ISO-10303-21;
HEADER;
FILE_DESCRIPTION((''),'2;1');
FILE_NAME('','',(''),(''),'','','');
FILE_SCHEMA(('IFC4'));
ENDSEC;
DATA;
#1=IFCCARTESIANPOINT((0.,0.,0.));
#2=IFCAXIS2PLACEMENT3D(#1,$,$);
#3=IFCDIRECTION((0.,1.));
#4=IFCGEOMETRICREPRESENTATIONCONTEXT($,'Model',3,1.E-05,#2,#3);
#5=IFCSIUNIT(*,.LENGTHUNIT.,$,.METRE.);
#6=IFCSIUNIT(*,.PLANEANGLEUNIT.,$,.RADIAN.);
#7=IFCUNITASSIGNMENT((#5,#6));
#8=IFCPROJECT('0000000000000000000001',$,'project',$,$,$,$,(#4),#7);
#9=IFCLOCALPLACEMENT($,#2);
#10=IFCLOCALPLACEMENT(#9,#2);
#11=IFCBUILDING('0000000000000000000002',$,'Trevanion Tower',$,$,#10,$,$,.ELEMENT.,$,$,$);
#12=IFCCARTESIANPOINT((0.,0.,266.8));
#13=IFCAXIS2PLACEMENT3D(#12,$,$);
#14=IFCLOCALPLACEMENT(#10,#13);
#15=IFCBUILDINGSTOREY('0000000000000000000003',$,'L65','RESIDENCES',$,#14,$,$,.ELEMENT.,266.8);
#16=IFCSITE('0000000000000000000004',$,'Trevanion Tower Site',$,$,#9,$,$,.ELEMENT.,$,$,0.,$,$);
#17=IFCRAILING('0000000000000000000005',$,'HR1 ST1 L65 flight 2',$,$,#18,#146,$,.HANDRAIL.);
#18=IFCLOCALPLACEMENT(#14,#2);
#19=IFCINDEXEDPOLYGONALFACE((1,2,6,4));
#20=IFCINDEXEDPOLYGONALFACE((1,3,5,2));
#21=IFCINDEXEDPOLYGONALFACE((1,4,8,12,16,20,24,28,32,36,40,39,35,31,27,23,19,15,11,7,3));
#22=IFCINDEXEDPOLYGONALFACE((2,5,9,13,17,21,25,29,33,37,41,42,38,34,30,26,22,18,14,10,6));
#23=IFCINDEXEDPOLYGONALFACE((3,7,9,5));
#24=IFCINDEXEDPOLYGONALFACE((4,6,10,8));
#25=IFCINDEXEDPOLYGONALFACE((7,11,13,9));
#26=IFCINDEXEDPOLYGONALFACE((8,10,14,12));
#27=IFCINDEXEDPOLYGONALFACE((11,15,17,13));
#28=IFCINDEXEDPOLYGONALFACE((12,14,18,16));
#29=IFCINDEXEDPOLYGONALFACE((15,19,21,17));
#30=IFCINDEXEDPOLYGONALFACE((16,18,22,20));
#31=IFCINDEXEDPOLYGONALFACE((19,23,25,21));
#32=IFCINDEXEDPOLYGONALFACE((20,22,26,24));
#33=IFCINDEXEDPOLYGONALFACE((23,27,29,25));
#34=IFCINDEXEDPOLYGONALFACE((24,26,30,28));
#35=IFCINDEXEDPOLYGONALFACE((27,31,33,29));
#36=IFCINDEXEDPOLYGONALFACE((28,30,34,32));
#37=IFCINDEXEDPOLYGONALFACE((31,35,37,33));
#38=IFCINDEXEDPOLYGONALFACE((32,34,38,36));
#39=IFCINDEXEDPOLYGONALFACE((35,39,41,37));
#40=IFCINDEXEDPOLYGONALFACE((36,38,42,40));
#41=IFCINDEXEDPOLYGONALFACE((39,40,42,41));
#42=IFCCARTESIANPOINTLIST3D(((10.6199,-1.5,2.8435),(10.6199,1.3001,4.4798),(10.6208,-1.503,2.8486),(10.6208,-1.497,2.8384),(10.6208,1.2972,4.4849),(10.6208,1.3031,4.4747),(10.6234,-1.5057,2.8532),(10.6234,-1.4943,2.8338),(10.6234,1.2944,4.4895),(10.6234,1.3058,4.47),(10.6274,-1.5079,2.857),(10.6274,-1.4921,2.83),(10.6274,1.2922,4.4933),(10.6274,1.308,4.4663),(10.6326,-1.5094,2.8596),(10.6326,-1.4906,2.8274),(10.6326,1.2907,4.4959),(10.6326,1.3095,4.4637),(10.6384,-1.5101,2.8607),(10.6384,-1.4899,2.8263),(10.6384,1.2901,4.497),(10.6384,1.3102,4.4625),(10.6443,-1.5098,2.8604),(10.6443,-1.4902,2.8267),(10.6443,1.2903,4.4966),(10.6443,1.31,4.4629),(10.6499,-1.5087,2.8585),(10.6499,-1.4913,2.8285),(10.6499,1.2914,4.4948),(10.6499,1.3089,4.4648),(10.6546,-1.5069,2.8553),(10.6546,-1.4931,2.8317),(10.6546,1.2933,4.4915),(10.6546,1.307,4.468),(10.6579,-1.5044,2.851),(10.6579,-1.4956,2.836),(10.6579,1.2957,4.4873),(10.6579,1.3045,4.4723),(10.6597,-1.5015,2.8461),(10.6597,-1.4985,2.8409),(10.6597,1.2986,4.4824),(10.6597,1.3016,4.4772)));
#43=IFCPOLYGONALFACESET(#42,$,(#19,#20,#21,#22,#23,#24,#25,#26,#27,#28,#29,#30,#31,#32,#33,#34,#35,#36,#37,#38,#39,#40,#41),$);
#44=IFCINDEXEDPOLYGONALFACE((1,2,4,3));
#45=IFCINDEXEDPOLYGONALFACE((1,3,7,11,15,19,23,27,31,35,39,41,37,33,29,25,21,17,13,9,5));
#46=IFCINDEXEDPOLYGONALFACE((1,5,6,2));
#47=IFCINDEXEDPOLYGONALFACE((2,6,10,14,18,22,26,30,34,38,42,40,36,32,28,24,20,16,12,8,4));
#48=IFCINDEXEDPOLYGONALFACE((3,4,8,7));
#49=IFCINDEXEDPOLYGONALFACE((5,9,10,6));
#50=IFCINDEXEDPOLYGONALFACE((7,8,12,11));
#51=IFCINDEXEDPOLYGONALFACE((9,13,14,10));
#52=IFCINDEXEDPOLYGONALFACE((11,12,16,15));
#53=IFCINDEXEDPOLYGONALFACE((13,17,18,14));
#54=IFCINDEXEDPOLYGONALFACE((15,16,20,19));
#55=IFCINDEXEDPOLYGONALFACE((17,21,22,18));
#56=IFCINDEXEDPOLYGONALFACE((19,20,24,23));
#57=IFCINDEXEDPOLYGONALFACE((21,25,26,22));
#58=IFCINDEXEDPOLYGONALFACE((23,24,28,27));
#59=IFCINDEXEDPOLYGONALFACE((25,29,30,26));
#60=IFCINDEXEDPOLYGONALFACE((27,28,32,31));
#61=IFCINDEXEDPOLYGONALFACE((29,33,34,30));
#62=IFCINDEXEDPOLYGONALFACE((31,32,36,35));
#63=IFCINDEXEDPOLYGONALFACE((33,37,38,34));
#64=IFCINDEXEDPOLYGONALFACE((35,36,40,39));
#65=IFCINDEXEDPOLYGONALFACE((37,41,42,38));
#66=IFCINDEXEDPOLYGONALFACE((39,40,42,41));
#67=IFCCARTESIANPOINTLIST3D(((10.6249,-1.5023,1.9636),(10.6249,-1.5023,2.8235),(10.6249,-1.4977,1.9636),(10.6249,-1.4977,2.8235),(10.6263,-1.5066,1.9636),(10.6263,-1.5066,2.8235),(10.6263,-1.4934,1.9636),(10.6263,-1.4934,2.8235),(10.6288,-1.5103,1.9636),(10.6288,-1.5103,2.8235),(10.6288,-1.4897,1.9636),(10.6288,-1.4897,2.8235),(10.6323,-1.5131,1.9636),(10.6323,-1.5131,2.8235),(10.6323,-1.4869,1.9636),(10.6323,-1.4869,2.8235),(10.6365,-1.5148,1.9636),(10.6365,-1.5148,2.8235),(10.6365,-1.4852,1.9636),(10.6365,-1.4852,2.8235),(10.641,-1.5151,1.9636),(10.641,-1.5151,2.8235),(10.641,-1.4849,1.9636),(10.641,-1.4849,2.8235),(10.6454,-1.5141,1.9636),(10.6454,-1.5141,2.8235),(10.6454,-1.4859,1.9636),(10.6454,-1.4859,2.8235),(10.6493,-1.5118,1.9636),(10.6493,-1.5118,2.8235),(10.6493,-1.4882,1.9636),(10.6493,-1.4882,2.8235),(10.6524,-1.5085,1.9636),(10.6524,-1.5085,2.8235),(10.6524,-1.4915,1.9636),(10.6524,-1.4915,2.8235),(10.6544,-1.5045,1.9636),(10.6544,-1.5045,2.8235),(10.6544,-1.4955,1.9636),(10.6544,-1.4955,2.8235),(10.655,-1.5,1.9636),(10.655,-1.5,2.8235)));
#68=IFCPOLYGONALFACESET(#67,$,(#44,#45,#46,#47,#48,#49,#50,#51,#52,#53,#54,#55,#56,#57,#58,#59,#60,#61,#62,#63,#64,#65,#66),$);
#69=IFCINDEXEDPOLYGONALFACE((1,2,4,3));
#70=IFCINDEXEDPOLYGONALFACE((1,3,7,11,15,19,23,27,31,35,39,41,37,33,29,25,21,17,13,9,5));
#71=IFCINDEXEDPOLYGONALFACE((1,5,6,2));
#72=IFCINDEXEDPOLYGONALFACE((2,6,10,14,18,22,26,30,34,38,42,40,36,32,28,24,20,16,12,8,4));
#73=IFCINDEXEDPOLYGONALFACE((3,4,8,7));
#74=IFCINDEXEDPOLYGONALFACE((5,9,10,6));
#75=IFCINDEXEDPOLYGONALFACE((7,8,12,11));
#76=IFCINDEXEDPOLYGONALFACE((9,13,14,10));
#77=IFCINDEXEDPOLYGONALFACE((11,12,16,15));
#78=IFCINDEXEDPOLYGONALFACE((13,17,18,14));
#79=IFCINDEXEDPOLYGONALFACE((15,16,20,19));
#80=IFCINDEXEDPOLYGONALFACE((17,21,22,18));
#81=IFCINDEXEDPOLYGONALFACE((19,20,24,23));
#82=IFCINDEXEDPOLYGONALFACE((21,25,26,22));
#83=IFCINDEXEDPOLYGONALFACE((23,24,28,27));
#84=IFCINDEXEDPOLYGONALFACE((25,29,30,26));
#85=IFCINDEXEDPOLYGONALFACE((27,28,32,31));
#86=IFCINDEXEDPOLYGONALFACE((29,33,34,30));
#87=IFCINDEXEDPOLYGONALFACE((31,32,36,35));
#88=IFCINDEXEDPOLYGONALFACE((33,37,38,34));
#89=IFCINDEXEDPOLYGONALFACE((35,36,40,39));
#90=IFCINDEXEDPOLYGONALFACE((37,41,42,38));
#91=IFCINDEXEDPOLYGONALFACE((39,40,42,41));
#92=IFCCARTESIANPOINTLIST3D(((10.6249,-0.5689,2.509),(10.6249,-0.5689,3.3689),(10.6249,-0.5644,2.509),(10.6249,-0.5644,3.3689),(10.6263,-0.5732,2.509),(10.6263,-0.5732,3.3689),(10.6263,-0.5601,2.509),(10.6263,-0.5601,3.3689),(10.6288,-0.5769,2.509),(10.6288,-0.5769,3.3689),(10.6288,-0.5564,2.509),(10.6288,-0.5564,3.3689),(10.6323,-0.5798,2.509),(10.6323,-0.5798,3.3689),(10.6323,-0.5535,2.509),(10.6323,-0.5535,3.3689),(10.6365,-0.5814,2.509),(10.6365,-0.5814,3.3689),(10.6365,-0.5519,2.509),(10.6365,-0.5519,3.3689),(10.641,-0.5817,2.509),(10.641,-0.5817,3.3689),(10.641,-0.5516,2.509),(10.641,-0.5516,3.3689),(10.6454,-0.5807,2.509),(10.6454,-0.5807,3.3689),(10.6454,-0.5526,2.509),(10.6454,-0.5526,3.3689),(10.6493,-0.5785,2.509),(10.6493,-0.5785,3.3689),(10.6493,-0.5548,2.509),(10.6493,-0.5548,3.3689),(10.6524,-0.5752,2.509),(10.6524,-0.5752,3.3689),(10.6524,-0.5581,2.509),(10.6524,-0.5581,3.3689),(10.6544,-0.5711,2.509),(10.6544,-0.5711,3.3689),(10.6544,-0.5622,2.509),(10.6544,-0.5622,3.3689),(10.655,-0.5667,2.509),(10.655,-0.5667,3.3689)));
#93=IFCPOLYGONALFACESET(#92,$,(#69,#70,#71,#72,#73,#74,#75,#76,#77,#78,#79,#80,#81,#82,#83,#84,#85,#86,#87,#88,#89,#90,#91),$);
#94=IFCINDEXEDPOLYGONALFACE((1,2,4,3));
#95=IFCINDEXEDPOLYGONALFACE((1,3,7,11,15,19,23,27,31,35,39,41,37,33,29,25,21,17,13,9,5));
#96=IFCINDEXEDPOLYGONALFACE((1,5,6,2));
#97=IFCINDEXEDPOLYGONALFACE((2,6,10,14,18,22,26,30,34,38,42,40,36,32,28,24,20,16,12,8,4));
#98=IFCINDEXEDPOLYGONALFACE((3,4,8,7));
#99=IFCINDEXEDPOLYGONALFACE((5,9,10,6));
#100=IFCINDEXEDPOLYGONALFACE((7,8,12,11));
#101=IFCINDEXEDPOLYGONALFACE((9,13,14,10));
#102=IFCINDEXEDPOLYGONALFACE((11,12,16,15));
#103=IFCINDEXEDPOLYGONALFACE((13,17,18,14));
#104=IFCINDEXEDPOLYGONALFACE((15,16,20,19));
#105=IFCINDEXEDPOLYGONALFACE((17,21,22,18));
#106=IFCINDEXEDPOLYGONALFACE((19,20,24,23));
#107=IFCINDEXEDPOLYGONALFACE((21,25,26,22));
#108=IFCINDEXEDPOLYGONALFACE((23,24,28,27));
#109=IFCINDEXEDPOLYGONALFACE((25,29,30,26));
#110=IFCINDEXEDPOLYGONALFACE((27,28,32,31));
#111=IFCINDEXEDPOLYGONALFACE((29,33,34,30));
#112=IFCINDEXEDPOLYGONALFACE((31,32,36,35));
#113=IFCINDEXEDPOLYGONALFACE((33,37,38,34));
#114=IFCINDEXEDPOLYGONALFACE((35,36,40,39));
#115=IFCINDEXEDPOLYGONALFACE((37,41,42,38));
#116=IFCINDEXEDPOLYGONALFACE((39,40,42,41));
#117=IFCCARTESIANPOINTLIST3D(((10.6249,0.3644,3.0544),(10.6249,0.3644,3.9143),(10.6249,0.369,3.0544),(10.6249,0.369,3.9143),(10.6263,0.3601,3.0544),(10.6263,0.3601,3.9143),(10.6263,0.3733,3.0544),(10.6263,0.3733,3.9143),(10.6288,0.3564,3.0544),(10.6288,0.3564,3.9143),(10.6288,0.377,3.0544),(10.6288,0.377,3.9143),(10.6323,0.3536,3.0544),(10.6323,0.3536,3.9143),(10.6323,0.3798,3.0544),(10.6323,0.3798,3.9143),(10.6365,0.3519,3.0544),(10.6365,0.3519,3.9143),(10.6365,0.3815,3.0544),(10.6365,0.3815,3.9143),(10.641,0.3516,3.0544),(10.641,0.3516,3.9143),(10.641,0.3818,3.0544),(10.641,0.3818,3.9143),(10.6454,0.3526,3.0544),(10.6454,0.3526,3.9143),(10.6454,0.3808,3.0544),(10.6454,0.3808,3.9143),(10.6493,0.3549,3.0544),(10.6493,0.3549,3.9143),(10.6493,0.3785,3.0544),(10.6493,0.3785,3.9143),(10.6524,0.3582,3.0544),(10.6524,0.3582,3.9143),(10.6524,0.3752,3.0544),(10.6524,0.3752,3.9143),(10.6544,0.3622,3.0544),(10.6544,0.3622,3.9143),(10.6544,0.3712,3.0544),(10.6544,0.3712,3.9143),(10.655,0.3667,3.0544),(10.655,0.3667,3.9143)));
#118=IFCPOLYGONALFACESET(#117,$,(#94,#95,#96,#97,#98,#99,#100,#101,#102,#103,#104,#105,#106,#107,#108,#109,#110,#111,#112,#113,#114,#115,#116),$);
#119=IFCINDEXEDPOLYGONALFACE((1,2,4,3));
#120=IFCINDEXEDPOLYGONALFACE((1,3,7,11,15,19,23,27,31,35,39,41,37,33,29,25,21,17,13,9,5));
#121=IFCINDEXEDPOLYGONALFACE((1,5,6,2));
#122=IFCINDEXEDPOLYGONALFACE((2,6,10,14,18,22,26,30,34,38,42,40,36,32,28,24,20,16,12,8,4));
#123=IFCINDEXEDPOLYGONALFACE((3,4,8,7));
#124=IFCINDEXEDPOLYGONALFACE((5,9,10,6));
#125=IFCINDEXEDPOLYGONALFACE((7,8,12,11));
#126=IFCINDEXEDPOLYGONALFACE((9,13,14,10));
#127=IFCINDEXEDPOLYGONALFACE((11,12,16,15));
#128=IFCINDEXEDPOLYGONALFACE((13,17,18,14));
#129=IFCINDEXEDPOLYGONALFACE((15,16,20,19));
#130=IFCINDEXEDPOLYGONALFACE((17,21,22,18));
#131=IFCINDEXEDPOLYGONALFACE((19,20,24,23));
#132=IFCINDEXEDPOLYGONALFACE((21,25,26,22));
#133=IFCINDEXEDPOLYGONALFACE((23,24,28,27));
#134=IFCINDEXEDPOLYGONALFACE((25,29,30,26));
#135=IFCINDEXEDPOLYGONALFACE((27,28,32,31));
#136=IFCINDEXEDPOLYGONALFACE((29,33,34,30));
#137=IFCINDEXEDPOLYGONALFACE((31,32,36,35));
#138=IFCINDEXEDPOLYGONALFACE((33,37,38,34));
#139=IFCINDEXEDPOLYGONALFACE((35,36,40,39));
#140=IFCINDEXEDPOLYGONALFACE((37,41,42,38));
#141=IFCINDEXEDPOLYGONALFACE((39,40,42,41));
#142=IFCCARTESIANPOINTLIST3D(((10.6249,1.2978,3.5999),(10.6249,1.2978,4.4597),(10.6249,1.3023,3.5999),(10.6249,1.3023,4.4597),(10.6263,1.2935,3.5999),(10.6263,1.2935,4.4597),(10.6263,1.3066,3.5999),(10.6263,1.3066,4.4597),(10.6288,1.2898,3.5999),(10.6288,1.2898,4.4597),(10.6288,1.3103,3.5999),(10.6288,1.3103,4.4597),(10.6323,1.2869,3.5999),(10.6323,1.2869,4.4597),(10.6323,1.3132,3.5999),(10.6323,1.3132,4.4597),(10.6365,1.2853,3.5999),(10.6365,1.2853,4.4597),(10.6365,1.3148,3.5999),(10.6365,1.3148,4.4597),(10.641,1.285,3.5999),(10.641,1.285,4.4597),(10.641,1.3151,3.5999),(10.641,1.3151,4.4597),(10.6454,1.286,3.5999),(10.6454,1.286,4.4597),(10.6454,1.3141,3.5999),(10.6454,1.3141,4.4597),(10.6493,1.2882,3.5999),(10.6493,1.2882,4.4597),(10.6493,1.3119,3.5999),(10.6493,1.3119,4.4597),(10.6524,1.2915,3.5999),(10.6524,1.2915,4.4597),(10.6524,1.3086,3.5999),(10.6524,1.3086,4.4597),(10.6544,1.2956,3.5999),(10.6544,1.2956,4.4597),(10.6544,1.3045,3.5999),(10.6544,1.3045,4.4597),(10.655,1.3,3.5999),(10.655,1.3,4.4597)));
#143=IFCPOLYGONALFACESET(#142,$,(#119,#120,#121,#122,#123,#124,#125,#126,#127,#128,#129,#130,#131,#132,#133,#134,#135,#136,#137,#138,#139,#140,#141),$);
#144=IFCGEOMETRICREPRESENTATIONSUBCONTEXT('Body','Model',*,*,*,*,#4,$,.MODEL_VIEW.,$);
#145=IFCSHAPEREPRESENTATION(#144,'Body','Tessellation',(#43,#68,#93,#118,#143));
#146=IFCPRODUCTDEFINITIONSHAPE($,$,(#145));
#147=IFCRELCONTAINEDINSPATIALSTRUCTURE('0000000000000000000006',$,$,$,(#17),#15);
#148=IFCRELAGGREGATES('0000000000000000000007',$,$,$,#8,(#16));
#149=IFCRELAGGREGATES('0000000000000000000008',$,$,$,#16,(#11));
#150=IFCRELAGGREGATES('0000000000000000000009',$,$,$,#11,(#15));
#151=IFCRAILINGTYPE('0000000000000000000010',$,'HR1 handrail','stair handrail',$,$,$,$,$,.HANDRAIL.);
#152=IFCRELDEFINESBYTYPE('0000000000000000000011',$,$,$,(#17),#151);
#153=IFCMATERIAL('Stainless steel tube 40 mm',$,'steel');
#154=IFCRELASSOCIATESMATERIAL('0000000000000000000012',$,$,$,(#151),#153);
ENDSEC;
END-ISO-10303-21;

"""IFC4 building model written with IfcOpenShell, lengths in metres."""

from ifc_helpers import new_model, si_unit, direction, frame, origin, origin_2d, place, context, subcontext, project, spatial, circle, extrude, material, type_object, element, save


model = new_model("IFC4")

# Units and contexts
model_context = context("Model", 3, precision=1e-05, world=origin(), true_north=direction((0.0, 1.0)))
body_context = subcontext(model_context, "Body", "Model", "MODEL_VIEW")
ifc_project = project(units=[si_unit("LENGTHUNIT", "METRE"), si_unit("PLANEANGLEUNIT", "RADIAN")], contexts=[model_context])

# Site, building, storey
site_placement = place(None, origin())
site = spatial("IfcSite", under=ifc_project, at=site_placement, Name="Trevanion Tower Site", CompositionType="ELEMENT", RefElevation=0.0)
building_placement = place(site_placement, origin())
building = spatial("IfcBuilding", under=site, at=building_placement, Name="Trevanion Tower", CompositionType="ELEMENT")
storey_placement = place(building_placement, frame((0.0, 0.0, 266.8)))
storey = spatial("IfcBuildingStorey", under=building, at=storey_placement, Name="L65", Description="RESIDENCES", CompositionType="ELEMENT", Elevation=266.8)

# Railing
ifc_material_1 = material(Name="Stainless steel tube 40 mm", Category="steel")
railing_type = type_object("IfcRailingType", Name="HR1 handrail", Description="stair handrail", PredefinedType="HANDRAIL", material=ifc_material_1)
for number, where, name in (
    (1, (10.6399, -1.5, 1.9636), "HR1 ST1 L65 flight 2"),
):
    element("IfcRailing", number, at=place(storey_placement, frame(where)), inside=storey, type_object=railing_type, Name=name, PredefinedType="HANDRAIL", context=body_context, shape_type="SweptSolid", body=[
        extrude(circle(Radius=0.02, at=origin_2d()), frame((0.0, 0.0, 0.8799), z_axis=(0.0, 0.863394, 0.504531), x_axis=(-1.0, 0.0, 0.0)), (0.0, 0.0, 1.0), 3.2432),
        extrude(circle(Radius=0.0151, at=origin_2d()), origin(), (0.0, 0.0, 1.0), 0.8599),
        extrude(circle(Radius=0.0151, at=origin_2d()), frame((0.0, 0.9333, 0.5454)), (0.0, 0.0, 1.0), 0.8599),
        extrude(circle(Radius=0.0151, at=origin_2d()), frame((0.0, 1.8667, 1.0908)), (0.0, 0.0, 1.0), 0.8599),
        extrude(circle(Radius=0.0151, at=origin_2d()), frame((0.0, 2.8, 1.6362)), (0.0, 0.0, 1.0), 0.8599),
    ])

save(model, "model.ifc")
